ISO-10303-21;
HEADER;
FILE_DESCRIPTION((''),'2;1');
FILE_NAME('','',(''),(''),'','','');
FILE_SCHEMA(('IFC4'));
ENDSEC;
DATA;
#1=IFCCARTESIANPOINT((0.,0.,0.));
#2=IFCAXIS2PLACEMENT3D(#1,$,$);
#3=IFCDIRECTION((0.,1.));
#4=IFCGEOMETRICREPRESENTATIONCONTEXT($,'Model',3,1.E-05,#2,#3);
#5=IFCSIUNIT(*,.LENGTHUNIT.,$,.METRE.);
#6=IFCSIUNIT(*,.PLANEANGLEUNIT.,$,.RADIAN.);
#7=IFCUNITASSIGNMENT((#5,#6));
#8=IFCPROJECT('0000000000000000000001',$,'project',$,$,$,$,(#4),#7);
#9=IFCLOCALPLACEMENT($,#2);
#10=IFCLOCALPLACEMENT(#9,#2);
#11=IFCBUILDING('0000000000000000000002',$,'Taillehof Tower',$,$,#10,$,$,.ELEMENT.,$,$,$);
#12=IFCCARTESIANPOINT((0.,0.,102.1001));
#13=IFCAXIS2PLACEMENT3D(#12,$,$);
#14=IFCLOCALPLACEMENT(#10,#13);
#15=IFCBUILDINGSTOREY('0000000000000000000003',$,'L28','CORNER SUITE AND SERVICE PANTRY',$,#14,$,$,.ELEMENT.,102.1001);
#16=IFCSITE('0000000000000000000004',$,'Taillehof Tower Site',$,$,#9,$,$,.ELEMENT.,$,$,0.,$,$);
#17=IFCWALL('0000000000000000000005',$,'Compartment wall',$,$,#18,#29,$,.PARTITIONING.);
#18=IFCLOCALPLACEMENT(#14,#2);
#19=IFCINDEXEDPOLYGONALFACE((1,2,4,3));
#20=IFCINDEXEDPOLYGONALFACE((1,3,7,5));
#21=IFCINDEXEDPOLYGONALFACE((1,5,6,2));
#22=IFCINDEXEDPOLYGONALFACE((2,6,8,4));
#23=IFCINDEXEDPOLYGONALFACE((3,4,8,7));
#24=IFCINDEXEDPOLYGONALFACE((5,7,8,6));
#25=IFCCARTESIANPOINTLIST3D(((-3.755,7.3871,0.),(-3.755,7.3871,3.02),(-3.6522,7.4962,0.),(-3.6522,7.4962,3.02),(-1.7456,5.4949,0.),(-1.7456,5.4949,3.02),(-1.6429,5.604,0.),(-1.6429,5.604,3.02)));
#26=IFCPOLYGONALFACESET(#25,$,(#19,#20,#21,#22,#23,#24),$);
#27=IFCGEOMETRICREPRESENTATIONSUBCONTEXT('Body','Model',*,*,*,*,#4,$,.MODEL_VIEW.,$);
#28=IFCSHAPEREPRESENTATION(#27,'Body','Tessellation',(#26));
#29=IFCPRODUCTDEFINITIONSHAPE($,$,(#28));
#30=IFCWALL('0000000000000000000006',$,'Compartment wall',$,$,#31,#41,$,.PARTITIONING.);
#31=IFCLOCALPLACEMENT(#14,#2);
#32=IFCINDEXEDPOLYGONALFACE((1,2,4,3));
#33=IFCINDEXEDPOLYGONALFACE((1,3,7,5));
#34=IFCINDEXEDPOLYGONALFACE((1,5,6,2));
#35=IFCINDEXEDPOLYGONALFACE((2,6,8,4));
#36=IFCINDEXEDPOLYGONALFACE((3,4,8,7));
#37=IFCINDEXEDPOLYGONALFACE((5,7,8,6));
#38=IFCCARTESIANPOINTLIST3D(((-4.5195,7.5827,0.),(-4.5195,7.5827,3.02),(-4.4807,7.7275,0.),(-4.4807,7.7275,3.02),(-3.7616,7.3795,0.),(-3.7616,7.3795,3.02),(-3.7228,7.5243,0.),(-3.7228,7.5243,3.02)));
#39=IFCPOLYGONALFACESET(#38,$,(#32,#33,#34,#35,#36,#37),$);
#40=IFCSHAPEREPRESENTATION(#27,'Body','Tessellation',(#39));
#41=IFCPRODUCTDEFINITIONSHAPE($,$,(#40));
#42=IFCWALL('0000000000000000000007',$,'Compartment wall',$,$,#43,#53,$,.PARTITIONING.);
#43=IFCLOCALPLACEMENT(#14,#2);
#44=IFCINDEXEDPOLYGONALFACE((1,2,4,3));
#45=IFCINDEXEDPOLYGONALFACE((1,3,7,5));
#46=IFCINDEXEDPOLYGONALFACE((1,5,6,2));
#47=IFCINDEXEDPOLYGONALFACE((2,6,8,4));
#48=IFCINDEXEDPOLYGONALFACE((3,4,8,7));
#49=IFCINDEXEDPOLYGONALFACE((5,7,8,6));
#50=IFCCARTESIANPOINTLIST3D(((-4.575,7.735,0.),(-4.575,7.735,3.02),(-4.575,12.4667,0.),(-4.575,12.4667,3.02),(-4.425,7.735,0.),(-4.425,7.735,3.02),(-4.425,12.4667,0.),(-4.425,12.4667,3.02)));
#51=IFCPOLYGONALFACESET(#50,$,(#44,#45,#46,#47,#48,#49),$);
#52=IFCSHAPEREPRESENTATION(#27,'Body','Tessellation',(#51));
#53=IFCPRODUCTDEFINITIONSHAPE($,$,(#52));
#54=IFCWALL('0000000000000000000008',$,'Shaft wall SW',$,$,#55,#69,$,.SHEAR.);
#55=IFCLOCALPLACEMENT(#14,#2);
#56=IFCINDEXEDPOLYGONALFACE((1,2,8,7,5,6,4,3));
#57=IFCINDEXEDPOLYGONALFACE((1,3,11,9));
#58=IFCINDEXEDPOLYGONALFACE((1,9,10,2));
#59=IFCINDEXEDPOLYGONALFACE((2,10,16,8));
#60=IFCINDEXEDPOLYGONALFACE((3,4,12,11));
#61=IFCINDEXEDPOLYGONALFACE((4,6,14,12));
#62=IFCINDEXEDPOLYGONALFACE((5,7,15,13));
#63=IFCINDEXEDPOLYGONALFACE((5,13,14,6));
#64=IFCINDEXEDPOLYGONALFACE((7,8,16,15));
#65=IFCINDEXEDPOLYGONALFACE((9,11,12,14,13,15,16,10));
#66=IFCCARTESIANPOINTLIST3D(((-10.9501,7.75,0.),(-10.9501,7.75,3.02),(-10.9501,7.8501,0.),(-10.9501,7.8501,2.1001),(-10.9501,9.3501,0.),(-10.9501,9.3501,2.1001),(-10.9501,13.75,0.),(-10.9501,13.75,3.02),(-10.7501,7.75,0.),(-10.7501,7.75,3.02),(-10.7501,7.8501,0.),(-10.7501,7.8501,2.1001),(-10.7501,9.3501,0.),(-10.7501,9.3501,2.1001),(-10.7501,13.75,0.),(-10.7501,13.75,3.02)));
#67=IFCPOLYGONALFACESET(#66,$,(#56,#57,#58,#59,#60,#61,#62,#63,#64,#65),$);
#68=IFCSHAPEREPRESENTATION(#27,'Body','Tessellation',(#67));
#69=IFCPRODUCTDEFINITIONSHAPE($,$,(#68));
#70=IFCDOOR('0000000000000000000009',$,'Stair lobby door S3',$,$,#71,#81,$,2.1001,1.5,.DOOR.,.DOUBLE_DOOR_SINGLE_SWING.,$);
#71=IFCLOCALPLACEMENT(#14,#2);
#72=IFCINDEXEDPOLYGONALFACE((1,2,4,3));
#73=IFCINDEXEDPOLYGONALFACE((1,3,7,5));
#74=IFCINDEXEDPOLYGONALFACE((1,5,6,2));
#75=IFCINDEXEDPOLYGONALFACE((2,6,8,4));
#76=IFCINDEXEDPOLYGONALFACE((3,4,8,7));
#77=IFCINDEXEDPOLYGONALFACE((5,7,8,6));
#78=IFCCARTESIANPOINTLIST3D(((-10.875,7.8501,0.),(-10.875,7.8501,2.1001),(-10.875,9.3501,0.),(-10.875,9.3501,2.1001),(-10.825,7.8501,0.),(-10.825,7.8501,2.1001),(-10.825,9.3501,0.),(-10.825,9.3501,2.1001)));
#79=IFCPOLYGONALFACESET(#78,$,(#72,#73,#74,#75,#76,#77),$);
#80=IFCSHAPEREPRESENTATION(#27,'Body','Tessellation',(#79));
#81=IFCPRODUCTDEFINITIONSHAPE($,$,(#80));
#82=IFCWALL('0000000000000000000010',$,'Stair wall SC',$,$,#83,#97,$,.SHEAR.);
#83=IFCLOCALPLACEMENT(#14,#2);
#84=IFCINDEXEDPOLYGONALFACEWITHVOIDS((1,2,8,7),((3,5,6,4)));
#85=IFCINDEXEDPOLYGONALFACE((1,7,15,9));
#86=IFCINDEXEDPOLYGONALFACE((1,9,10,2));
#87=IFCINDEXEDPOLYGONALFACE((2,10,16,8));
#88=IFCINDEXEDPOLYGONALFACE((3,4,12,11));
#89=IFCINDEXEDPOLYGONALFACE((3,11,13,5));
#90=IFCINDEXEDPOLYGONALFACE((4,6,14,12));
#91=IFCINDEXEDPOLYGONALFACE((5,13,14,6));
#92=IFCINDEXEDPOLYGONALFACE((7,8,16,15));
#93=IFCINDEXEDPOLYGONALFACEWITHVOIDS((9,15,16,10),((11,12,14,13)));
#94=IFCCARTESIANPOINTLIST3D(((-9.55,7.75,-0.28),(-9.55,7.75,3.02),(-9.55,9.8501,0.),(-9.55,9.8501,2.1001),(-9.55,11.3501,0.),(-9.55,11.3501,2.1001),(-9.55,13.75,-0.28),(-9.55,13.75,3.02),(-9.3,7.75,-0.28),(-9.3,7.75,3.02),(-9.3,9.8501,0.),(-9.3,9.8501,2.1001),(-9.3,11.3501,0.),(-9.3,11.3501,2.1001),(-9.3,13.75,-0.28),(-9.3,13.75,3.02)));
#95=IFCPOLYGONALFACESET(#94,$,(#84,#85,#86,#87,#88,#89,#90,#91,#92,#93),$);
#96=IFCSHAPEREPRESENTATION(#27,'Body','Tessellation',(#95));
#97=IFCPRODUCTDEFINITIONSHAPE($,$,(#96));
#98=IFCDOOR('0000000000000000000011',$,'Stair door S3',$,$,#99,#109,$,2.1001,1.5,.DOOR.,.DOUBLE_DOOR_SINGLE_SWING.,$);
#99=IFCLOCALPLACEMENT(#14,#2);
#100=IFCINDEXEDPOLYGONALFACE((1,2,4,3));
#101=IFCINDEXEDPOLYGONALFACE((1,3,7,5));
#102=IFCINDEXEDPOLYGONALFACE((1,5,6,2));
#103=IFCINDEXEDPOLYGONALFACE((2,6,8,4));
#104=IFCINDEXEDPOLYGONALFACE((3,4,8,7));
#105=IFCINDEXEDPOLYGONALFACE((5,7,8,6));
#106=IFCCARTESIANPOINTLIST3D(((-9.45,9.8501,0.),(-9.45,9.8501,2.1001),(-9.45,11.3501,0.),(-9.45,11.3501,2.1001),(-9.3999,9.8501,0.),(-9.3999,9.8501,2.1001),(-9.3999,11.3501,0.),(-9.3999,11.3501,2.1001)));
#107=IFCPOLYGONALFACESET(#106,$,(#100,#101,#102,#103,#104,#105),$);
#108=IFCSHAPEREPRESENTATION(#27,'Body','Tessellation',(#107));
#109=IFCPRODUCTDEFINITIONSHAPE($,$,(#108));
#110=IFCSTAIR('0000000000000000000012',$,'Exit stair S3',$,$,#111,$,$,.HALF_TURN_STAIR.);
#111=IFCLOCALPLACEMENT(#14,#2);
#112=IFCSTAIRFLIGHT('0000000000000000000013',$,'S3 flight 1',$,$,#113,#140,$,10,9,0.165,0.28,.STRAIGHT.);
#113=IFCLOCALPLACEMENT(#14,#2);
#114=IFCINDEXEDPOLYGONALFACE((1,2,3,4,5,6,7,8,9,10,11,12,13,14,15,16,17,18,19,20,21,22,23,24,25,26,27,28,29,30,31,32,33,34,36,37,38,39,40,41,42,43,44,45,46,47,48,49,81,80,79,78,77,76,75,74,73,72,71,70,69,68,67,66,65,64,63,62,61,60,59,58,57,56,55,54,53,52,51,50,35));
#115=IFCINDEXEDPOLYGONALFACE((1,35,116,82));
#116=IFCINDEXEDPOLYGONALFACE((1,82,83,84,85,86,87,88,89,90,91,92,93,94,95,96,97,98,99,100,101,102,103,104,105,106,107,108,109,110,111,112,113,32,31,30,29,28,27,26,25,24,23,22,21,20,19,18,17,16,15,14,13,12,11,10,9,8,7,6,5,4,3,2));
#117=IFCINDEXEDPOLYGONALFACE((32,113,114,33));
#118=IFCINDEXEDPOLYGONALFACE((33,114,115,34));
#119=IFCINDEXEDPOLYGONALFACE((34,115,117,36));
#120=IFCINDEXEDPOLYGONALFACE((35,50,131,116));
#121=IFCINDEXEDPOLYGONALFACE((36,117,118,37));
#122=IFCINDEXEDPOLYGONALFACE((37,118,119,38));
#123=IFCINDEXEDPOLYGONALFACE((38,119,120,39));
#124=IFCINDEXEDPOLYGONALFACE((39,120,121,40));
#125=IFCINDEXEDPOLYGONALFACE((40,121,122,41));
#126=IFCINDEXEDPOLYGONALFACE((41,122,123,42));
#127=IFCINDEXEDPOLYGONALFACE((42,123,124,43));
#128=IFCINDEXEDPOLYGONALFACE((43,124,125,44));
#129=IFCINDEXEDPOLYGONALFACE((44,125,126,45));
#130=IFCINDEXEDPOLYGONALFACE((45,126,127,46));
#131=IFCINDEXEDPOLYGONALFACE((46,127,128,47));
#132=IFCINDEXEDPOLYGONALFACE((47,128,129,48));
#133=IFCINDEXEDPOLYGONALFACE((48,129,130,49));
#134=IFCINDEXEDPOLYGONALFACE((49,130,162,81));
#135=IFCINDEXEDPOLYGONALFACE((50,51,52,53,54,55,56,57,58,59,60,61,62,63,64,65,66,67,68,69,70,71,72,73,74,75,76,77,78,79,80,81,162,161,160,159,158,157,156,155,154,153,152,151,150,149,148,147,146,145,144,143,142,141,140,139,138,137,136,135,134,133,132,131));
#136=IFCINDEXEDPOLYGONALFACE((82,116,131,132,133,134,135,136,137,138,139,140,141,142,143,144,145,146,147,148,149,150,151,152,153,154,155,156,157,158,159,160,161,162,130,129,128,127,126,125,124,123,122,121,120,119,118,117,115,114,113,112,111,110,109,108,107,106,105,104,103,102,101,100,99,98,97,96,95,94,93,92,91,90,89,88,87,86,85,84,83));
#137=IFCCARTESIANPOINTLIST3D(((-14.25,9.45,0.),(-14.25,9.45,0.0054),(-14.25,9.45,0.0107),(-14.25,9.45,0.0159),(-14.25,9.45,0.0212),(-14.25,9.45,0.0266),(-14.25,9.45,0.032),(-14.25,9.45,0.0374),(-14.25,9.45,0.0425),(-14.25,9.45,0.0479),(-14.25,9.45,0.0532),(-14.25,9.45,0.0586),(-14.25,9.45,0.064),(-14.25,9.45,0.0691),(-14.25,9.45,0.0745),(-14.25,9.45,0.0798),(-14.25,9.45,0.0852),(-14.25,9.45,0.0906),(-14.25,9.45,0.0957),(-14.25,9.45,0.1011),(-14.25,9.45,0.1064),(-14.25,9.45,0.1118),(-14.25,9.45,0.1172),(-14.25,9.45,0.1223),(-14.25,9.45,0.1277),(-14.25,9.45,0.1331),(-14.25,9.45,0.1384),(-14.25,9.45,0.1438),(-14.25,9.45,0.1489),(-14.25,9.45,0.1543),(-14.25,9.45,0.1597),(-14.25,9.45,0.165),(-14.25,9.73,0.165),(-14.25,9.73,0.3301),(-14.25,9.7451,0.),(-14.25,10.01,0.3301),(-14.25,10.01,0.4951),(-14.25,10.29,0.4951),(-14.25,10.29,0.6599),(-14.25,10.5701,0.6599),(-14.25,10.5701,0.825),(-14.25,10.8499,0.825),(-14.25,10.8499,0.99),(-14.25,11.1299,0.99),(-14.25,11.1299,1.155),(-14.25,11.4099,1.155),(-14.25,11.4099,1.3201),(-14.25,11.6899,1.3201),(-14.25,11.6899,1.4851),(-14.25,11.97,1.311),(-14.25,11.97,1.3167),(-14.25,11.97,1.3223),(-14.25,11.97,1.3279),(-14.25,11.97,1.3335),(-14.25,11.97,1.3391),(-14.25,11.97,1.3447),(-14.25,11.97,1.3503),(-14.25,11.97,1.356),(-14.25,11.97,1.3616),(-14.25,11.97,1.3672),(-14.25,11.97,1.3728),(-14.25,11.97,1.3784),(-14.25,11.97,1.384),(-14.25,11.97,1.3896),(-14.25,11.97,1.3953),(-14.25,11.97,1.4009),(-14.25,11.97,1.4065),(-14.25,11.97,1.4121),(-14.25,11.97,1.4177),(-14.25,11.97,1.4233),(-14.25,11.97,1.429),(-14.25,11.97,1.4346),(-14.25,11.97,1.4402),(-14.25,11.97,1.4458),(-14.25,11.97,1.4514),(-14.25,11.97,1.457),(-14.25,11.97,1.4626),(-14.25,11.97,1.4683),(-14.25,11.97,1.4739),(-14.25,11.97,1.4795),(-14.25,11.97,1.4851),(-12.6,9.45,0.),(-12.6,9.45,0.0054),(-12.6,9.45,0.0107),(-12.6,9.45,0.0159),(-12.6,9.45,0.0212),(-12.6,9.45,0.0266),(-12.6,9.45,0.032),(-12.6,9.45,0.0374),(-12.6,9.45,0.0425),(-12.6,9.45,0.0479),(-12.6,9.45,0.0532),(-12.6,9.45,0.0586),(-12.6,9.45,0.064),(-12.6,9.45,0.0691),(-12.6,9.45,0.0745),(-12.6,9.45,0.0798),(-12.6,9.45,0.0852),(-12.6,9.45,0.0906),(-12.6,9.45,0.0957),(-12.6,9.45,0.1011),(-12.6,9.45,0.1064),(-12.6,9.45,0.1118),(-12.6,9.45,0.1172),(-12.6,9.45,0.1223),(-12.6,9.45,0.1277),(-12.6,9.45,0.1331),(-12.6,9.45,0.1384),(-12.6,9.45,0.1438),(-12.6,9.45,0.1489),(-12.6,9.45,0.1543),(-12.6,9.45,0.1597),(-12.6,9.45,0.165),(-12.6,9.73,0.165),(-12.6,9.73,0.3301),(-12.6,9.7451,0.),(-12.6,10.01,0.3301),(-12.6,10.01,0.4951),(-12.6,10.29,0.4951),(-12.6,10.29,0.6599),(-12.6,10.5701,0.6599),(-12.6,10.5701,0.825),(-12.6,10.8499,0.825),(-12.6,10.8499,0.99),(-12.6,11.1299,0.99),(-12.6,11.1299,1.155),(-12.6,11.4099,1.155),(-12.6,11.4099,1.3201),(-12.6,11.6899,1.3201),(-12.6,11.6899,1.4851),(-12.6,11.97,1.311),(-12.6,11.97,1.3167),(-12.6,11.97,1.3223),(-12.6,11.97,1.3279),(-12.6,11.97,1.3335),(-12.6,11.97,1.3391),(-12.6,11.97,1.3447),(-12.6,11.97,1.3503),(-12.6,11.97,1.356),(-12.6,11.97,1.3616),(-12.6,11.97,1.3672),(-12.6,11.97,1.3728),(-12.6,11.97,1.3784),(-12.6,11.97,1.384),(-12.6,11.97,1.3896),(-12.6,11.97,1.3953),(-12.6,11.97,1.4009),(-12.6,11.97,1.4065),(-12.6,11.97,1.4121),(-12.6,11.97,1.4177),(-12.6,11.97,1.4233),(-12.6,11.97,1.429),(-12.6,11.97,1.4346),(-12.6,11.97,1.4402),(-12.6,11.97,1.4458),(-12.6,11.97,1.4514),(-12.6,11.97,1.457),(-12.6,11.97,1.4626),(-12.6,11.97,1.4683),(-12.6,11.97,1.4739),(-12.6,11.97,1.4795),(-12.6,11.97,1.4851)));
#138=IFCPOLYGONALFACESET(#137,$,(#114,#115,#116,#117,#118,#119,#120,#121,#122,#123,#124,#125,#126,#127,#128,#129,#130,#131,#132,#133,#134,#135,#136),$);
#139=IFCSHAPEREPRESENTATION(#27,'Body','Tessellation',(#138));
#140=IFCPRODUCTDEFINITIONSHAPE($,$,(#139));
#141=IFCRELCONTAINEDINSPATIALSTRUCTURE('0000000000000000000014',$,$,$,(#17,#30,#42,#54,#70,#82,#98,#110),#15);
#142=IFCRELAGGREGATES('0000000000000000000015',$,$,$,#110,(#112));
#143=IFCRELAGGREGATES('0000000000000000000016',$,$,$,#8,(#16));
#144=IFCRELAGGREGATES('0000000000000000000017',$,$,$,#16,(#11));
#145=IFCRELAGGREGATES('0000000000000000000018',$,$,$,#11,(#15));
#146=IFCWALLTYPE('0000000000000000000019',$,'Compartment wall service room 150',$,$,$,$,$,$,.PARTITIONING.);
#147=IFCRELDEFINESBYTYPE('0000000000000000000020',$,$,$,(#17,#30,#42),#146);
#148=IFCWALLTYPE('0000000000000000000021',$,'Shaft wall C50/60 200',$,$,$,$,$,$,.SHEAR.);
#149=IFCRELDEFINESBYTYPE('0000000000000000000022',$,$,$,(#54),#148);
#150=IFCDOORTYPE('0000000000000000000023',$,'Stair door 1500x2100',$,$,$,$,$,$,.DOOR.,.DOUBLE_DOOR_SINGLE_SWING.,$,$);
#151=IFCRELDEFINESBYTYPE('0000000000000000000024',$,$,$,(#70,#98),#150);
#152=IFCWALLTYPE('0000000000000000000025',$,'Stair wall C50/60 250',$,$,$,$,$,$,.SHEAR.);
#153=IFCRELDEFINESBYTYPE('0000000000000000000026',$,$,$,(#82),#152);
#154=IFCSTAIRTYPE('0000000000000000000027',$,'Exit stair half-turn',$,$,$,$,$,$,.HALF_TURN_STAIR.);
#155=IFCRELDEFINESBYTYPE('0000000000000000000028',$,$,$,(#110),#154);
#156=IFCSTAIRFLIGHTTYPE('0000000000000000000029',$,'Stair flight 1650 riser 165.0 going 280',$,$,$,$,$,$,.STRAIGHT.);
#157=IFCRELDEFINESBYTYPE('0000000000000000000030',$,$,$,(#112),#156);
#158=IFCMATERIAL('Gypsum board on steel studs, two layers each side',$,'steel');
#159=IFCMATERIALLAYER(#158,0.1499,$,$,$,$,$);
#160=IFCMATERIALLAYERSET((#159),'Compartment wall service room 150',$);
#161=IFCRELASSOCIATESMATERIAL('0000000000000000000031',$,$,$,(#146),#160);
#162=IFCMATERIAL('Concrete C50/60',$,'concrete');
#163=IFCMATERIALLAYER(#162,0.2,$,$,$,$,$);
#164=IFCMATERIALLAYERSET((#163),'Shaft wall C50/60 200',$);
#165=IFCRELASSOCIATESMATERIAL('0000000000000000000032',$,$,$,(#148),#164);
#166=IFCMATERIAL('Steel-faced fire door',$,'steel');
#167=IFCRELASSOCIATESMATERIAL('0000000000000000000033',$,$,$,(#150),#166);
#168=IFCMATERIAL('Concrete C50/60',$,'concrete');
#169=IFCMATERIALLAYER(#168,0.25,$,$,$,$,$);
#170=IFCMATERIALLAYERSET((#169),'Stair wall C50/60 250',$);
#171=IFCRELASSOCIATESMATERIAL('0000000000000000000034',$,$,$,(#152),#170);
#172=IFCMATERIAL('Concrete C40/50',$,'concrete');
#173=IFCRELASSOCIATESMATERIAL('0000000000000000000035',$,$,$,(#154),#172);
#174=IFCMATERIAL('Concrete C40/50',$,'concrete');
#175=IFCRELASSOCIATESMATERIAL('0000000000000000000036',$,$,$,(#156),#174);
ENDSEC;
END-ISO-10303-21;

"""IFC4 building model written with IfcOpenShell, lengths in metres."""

from ifc_helpers import new_model, si_unit, direction, frame, frame_2d, origin, place, context, subcontext, project, spatial, polyline, rectangle, outline, extrude, material, layer, layer_set, type_object, element, fill, aggregate, save


model = new_model("IFC4")

# Units and contexts
model_context = context("Model", 3, precision=1e-05, world=origin(), true_north=direction((0.0, 1.0)))
body_context = subcontext(model_context, "Body", "Model", "MODEL_VIEW")
ifc_project = project(units=[si_unit("LENGTHUNIT", "METRE"), si_unit("PLANEANGLEUNIT", "RADIAN")], contexts=[model_context])

# Site, building, storey
site_placement = place(None, origin())
site = spatial("IfcSite", under=ifc_project, at=site_placement, Name="Taillehof Tower Site", CompositionType="ELEMENT", RefElevation=0.0)
building_placement = place(site_placement, origin())
building = spatial("IfcBuilding", under=site, at=building_placement, Name="Taillehof Tower", CompositionType="ELEMENT")
storey_placement = place(building_placement, frame((0.0, 0.0, 102.1001)))
storey = spatial("IfcBuildingStorey", under=building, at=storey_placement, Name="L28", Description="CORNER SUITE AND SERVICE PANTRY", CompositionType="ELEMENT", Elevation=102.1001)

# Walls
ifc_material_1 = material(Name="Gypsum board on steel studs, two layers each side", Category="steel")
ifc_layer_1 = layer(ifc_material_1, 0.1499)
ifc_layer_set_1 = layer_set([ifc_layer_1], Name="Compartment wall service room 150")
wall_type_1 = type_object("IfcWallType", Name="Compartment wall service room 150", PredefinedType="PARTITIONING", material=ifc_layer_set_1)
wall_1_placement = place(storey_placement, frame((-1.6943, 5.5496, 0.0), z_axis=(0.0, 0.0, 1.0), x_axis=(-0.728018, 0.685558, 0.0)))
element("IfcWall", 1, at=wall_1_placement, inside=storey, type_object=wall_type_1, Name="Compartment wall", PredefinedType="PARTITIONING", context=body_context, shape_type="SweptSolid", body=[
    extrude(rectangle(XDim=2.76, YDim=0.1499, at=frame_2d((1.3799, 0.0))), origin(), (0.0, 0.0, 1.0), 3.02),
])
wall_2_placement = place(storey_placement, frame((-3.7422, 7.4519, 0.0), z_axis=(0.0, 0.0, 1.0), x_axis=(-0.965904, 0.258902, 0.0)))
element("IfcWall", 2, at=wall_2_placement, inside=storey, type_object=wall_type_1, Name="Compartment wall", PredefinedType="PARTITIONING", context=body_context, shape_type="SweptSolid", body=[
    extrude(rectangle(XDim=0.7847, YDim=0.1499, at=frame_2d((0.3923, 0.0))), origin(), (0.0, 0.0, 1.0), 3.02),
])
wall_3_placement = place(storey_placement, frame((-4.5, 7.7351, 0.0), z_axis=(0.0, 0.0, 1.0), x_axis=(0.0, 1.0, 0.0)))
element("IfcWall", 3, at=wall_3_placement, inside=storey, type_object=wall_type_1, Name="Compartment wall", PredefinedType="PARTITIONING", context=body_context, shape_type="SweptSolid", body=[
    extrude(rectangle(XDim=4.7317, YDim=0.1499, at=frame_2d((2.3657, 0.0))), origin(), (0.0, 0.0, 1.0), 3.02),
])

# Walls, openings, doors
ifc_material_2 = material(Name="Concrete C50/60", Category="concrete")
ifc_layer_2 = layer(ifc_material_2, 0.2)
ifc_layer_set_2 = layer_set([ifc_layer_2], Name="Shaft wall C50/60 200")
wall_type_2 = type_object("IfcWallType", Name="Shaft wall C50/60 200", PredefinedType="SHEAR", material=ifc_layer_set_2)
wall_4_placement = place(storey_placement, frame((-10.8501, 7.75, 0.0), z_axis=(0.0, 0.0, 1.0), x_axis=(0.0, 1.0, 0.0)))
wall_4 = element("IfcWall", 4, at=wall_4_placement, inside=storey, type_object=wall_type_2, Name="Shaft wall SW", PredefinedType="SHEAR", context=body_context, shape_type="SweptSolid", body=[
    extrude(rectangle(XDim=6.0, YDim=0.2, at=frame_2d((3.0, 0.0))), origin(), (0.0, 0.0, 1.0), 3.02),
])
opening_1_placement = place(wall_4_placement, frame((0.1001, 0.0, 0.0)))
opening_1 = element("IfcOpeningElement", 5, at=opening_1_placement, cuts=wall_4, PredefinedType="OPENING", context=body_context, shape_type="SweptSolid", body=[
    extrude(rectangle(XDim=1.5, YDim=2.1001, at=frame_2d((0.75, 1.05))), frame((0.0, 0.1099, 0.0), z_axis=(0.0, -1.0, 0.0), x_axis=(1.0, 0.0, 0.0)), (0.0, 0.0, 1.0), 0.22),
])
ifc_material_3 = material(Name="Steel-faced fire door", Category="steel")
door_type = type_object("IfcDoorType", Name="Stair door 1500x2100", OperationType="DOUBLE_DOOR_SINGLE_SWING", PredefinedType="DOOR", material=ifc_material_3)
door_1_placement = place(opening_1_placement, origin())
door_1 = element("IfcDoor", 6, at=door_1_placement, inside=storey, type_object=door_type, Name="Stair lobby door S3", OperationType="DOUBLE_DOOR_SINGLE_SWING", OverallHeight=2.1001, OverallWidth=1.5, PredefinedType="DOOR", context=body_context, shape_type="SweptSolid", body=[
    extrude(rectangle(XDim=1.5, YDim=2.1001, at=frame_2d((0.75, 1.05))), frame((0.0, 0.0249, 0.0), z_axis=(0.0, -1.0, 0.0), x_axis=(1.0, 0.0, 0.0)), (0.0, 0.0, 1.0), 0.05),
])
fill(opening_1, door_1)
ifc_material_4 = material(Name="Concrete C50/60", Category="concrete")
ifc_layer_3 = layer(ifc_material_4, 0.25)
ifc_layer_set_3 = layer_set([ifc_layer_3], Name="Stair wall C50/60 250")
wall_type_3 = type_object("IfcWallType", Name="Stair wall C50/60 250", PredefinedType="SHEAR", material=ifc_layer_set_3)
wall_5_placement = place(storey_placement, frame((-9.425, 7.75, -0.28), z_axis=(0.0, 0.0, 1.0), x_axis=(0.0, 1.0, 0.0)))
wall_5 = element("IfcWall", 7, at=wall_5_placement, inside=storey, type_object=wall_type_3, Name="Stair wall SC", PredefinedType="SHEAR", context=body_context, shape_type="SweptSolid", body=[
    extrude(rectangle(XDim=6.0, YDim=0.25, at=frame_2d((3.0, 0.0))), origin(), (0.0, 0.0, 1.0), 3.3),
])
opening_2_placement = place(wall_5_placement, frame((2.1001, 0.0, 0.28)))
opening_2 = element("IfcOpeningElement", 8, at=opening_2_placement, cuts=wall_5, PredefinedType="OPENING", context=body_context, shape_type="SweptSolid", body=[
    extrude(rectangle(XDim=1.5, YDim=2.1001, at=frame_2d((0.75, 1.05))), frame((0.0, 0.135, 0.0), z_axis=(0.0, -1.0, 0.0), x_axis=(1.0, 0.0, 0.0)), (0.0, 0.0, 1.0), 0.27),
])
door_2_placement = place(opening_2_placement, origin())
door_2 = element("IfcDoor", 9, at=door_2_placement, inside=storey, type_object=door_type, Name="Stair door S3", OperationType="DOUBLE_DOOR_SINGLE_SWING", OverallHeight=2.1001, OverallWidth=1.5, PredefinedType="DOOR", context=body_context, shape_type="SweptSolid", body=[
    extrude(rectangle(XDim=1.5, YDim=2.1001, at=frame_2d((0.75, 1.05))), frame((0.0, 0.0249, 0.0), z_axis=(0.0, -1.0, 0.0), x_axis=(1.0, 0.0, 0.0)), (0.0, 0.0, 1.0), 0.05),
])
fill(opening_2, door_2)

# Stair, stair flight
ifc_material_5 = material(Name="Concrete C40/50", Category="concrete")
stair_type = type_object("IfcStairType", Name="Exit stair half-turn", PredefinedType="HALF_TURN_STAIR", material=ifc_material_5)
stair_placement = place(storey_placement, origin())
stair = element("IfcStair", 10, at=stair_placement, inside=storey, type_object=stair_type, Name="Exit stair S3", PredefinedType="HALF_TURN_STAIR")
ifc_material_6 = material(Name="Concrete C40/50", Category="concrete")
stair_flight_type = type_object("IfcStairFlightType", Name="Stair flight 1650 riser 165.0 going 280", PredefinedType="STRAIGHT", material=ifc_material_6)
stair_flight_1_placement = place(storey_placement, frame((-13.425, 9.45, 0.0), z_axis=(0.0, 0.0, 1.0), x_axis=(0.0, 1.0, 0.0)))
stair_flight_1 = element("IfcStairFlight", 11, at=stair_flight_1_placement, type_object=stair_flight_type, Name="S3 flight 1", NumberOfRisers=10, NumberOfTreads=9, PredefinedType="STRAIGHT", RiserHeight=0.165, TreadLength=0.28, context=body_context, shape_type="SweptSolid", body=[
    extrude(outline(polyline([(0.0, 0.0), (0.0, 0.0054), (0.0, 0.0107), (0.0, 0.0159), (0.0, 0.0212), (0.0, 0.0266), (0.0, 0.032), (0.0, 0.0374), (0.0, 0.0425), (0.0, 0.0479), (0.0, 0.0532), (0.0, 0.0586), (0.0, 0.064), (0.0, 0.0691), (0.0, 0.0745), (0.0, 0.0798), (0.0, 0.0852), (0.0, 0.0906), (0.0, 0.0957), (0.0, 0.1011), (0.0, 0.1064), (0.0, 0.1118), (0.0, 0.1172), (0.0, 0.1223), (0.0, 0.1277), (0.0, 0.1331), (0.0, 0.1384), (0.0, 0.1438), (0.0, 0.1489), (0.0, 0.1543), (0.0, 0.1597), (0.0, 0.165), (0.28, 0.165), (0.28, 0.3301), (0.5601, 0.3301), (0.5601, 0.4951), (0.8401, 0.4951), (0.8401, 0.6599), (1.1201, 0.6599), (1.1201, 0.825), (1.3999, 0.825), (1.3999, 0.99), (1.6799, 0.99), (1.6799, 1.155), (1.96, 1.155), (1.96, 1.3201), (2.24, 1.3201), (2.24, 1.4851), (2.52, 1.4851), (2.52, 1.4795), (2.52, 1.4739), (2.52, 1.4683), (2.52, 1.4626), (2.52, 1.457), (2.52, 1.4514), (2.52, 1.4458), (2.52, 1.4402), (2.52, 1.4346), (2.52, 1.429), (2.52, 1.4233), (2.52, 1.4177), (2.52, 1.4121), (2.52, 1.4065), (2.52, 1.4009), (2.52, 1.3953), (2.52, 1.3896), (2.52, 1.384), (2.52, 1.3784), (2.52, 1.3728), (2.52, 1.3672), (2.52, 1.3616), (2.52, 1.356), (2.52, 1.3503), (2.52, 1.3447), (2.52, 1.3391), (2.52, 1.3335), (2.52, 1.3279), (2.52, 1.3223), (2.52, 1.3167), (2.52, 1.311), (0.2952, 0.0), (0.0, 0.0)])), frame((0.0, 0.825, 0.0), z_axis=(0.0, -1.0, 0.0), x_axis=(1.0, 0.0, 0.0)), (0.0, 0.0, 1.0), 1.65),
])
aggregate(stair, [stair_flight_1])

save(model, "model.ifc")
